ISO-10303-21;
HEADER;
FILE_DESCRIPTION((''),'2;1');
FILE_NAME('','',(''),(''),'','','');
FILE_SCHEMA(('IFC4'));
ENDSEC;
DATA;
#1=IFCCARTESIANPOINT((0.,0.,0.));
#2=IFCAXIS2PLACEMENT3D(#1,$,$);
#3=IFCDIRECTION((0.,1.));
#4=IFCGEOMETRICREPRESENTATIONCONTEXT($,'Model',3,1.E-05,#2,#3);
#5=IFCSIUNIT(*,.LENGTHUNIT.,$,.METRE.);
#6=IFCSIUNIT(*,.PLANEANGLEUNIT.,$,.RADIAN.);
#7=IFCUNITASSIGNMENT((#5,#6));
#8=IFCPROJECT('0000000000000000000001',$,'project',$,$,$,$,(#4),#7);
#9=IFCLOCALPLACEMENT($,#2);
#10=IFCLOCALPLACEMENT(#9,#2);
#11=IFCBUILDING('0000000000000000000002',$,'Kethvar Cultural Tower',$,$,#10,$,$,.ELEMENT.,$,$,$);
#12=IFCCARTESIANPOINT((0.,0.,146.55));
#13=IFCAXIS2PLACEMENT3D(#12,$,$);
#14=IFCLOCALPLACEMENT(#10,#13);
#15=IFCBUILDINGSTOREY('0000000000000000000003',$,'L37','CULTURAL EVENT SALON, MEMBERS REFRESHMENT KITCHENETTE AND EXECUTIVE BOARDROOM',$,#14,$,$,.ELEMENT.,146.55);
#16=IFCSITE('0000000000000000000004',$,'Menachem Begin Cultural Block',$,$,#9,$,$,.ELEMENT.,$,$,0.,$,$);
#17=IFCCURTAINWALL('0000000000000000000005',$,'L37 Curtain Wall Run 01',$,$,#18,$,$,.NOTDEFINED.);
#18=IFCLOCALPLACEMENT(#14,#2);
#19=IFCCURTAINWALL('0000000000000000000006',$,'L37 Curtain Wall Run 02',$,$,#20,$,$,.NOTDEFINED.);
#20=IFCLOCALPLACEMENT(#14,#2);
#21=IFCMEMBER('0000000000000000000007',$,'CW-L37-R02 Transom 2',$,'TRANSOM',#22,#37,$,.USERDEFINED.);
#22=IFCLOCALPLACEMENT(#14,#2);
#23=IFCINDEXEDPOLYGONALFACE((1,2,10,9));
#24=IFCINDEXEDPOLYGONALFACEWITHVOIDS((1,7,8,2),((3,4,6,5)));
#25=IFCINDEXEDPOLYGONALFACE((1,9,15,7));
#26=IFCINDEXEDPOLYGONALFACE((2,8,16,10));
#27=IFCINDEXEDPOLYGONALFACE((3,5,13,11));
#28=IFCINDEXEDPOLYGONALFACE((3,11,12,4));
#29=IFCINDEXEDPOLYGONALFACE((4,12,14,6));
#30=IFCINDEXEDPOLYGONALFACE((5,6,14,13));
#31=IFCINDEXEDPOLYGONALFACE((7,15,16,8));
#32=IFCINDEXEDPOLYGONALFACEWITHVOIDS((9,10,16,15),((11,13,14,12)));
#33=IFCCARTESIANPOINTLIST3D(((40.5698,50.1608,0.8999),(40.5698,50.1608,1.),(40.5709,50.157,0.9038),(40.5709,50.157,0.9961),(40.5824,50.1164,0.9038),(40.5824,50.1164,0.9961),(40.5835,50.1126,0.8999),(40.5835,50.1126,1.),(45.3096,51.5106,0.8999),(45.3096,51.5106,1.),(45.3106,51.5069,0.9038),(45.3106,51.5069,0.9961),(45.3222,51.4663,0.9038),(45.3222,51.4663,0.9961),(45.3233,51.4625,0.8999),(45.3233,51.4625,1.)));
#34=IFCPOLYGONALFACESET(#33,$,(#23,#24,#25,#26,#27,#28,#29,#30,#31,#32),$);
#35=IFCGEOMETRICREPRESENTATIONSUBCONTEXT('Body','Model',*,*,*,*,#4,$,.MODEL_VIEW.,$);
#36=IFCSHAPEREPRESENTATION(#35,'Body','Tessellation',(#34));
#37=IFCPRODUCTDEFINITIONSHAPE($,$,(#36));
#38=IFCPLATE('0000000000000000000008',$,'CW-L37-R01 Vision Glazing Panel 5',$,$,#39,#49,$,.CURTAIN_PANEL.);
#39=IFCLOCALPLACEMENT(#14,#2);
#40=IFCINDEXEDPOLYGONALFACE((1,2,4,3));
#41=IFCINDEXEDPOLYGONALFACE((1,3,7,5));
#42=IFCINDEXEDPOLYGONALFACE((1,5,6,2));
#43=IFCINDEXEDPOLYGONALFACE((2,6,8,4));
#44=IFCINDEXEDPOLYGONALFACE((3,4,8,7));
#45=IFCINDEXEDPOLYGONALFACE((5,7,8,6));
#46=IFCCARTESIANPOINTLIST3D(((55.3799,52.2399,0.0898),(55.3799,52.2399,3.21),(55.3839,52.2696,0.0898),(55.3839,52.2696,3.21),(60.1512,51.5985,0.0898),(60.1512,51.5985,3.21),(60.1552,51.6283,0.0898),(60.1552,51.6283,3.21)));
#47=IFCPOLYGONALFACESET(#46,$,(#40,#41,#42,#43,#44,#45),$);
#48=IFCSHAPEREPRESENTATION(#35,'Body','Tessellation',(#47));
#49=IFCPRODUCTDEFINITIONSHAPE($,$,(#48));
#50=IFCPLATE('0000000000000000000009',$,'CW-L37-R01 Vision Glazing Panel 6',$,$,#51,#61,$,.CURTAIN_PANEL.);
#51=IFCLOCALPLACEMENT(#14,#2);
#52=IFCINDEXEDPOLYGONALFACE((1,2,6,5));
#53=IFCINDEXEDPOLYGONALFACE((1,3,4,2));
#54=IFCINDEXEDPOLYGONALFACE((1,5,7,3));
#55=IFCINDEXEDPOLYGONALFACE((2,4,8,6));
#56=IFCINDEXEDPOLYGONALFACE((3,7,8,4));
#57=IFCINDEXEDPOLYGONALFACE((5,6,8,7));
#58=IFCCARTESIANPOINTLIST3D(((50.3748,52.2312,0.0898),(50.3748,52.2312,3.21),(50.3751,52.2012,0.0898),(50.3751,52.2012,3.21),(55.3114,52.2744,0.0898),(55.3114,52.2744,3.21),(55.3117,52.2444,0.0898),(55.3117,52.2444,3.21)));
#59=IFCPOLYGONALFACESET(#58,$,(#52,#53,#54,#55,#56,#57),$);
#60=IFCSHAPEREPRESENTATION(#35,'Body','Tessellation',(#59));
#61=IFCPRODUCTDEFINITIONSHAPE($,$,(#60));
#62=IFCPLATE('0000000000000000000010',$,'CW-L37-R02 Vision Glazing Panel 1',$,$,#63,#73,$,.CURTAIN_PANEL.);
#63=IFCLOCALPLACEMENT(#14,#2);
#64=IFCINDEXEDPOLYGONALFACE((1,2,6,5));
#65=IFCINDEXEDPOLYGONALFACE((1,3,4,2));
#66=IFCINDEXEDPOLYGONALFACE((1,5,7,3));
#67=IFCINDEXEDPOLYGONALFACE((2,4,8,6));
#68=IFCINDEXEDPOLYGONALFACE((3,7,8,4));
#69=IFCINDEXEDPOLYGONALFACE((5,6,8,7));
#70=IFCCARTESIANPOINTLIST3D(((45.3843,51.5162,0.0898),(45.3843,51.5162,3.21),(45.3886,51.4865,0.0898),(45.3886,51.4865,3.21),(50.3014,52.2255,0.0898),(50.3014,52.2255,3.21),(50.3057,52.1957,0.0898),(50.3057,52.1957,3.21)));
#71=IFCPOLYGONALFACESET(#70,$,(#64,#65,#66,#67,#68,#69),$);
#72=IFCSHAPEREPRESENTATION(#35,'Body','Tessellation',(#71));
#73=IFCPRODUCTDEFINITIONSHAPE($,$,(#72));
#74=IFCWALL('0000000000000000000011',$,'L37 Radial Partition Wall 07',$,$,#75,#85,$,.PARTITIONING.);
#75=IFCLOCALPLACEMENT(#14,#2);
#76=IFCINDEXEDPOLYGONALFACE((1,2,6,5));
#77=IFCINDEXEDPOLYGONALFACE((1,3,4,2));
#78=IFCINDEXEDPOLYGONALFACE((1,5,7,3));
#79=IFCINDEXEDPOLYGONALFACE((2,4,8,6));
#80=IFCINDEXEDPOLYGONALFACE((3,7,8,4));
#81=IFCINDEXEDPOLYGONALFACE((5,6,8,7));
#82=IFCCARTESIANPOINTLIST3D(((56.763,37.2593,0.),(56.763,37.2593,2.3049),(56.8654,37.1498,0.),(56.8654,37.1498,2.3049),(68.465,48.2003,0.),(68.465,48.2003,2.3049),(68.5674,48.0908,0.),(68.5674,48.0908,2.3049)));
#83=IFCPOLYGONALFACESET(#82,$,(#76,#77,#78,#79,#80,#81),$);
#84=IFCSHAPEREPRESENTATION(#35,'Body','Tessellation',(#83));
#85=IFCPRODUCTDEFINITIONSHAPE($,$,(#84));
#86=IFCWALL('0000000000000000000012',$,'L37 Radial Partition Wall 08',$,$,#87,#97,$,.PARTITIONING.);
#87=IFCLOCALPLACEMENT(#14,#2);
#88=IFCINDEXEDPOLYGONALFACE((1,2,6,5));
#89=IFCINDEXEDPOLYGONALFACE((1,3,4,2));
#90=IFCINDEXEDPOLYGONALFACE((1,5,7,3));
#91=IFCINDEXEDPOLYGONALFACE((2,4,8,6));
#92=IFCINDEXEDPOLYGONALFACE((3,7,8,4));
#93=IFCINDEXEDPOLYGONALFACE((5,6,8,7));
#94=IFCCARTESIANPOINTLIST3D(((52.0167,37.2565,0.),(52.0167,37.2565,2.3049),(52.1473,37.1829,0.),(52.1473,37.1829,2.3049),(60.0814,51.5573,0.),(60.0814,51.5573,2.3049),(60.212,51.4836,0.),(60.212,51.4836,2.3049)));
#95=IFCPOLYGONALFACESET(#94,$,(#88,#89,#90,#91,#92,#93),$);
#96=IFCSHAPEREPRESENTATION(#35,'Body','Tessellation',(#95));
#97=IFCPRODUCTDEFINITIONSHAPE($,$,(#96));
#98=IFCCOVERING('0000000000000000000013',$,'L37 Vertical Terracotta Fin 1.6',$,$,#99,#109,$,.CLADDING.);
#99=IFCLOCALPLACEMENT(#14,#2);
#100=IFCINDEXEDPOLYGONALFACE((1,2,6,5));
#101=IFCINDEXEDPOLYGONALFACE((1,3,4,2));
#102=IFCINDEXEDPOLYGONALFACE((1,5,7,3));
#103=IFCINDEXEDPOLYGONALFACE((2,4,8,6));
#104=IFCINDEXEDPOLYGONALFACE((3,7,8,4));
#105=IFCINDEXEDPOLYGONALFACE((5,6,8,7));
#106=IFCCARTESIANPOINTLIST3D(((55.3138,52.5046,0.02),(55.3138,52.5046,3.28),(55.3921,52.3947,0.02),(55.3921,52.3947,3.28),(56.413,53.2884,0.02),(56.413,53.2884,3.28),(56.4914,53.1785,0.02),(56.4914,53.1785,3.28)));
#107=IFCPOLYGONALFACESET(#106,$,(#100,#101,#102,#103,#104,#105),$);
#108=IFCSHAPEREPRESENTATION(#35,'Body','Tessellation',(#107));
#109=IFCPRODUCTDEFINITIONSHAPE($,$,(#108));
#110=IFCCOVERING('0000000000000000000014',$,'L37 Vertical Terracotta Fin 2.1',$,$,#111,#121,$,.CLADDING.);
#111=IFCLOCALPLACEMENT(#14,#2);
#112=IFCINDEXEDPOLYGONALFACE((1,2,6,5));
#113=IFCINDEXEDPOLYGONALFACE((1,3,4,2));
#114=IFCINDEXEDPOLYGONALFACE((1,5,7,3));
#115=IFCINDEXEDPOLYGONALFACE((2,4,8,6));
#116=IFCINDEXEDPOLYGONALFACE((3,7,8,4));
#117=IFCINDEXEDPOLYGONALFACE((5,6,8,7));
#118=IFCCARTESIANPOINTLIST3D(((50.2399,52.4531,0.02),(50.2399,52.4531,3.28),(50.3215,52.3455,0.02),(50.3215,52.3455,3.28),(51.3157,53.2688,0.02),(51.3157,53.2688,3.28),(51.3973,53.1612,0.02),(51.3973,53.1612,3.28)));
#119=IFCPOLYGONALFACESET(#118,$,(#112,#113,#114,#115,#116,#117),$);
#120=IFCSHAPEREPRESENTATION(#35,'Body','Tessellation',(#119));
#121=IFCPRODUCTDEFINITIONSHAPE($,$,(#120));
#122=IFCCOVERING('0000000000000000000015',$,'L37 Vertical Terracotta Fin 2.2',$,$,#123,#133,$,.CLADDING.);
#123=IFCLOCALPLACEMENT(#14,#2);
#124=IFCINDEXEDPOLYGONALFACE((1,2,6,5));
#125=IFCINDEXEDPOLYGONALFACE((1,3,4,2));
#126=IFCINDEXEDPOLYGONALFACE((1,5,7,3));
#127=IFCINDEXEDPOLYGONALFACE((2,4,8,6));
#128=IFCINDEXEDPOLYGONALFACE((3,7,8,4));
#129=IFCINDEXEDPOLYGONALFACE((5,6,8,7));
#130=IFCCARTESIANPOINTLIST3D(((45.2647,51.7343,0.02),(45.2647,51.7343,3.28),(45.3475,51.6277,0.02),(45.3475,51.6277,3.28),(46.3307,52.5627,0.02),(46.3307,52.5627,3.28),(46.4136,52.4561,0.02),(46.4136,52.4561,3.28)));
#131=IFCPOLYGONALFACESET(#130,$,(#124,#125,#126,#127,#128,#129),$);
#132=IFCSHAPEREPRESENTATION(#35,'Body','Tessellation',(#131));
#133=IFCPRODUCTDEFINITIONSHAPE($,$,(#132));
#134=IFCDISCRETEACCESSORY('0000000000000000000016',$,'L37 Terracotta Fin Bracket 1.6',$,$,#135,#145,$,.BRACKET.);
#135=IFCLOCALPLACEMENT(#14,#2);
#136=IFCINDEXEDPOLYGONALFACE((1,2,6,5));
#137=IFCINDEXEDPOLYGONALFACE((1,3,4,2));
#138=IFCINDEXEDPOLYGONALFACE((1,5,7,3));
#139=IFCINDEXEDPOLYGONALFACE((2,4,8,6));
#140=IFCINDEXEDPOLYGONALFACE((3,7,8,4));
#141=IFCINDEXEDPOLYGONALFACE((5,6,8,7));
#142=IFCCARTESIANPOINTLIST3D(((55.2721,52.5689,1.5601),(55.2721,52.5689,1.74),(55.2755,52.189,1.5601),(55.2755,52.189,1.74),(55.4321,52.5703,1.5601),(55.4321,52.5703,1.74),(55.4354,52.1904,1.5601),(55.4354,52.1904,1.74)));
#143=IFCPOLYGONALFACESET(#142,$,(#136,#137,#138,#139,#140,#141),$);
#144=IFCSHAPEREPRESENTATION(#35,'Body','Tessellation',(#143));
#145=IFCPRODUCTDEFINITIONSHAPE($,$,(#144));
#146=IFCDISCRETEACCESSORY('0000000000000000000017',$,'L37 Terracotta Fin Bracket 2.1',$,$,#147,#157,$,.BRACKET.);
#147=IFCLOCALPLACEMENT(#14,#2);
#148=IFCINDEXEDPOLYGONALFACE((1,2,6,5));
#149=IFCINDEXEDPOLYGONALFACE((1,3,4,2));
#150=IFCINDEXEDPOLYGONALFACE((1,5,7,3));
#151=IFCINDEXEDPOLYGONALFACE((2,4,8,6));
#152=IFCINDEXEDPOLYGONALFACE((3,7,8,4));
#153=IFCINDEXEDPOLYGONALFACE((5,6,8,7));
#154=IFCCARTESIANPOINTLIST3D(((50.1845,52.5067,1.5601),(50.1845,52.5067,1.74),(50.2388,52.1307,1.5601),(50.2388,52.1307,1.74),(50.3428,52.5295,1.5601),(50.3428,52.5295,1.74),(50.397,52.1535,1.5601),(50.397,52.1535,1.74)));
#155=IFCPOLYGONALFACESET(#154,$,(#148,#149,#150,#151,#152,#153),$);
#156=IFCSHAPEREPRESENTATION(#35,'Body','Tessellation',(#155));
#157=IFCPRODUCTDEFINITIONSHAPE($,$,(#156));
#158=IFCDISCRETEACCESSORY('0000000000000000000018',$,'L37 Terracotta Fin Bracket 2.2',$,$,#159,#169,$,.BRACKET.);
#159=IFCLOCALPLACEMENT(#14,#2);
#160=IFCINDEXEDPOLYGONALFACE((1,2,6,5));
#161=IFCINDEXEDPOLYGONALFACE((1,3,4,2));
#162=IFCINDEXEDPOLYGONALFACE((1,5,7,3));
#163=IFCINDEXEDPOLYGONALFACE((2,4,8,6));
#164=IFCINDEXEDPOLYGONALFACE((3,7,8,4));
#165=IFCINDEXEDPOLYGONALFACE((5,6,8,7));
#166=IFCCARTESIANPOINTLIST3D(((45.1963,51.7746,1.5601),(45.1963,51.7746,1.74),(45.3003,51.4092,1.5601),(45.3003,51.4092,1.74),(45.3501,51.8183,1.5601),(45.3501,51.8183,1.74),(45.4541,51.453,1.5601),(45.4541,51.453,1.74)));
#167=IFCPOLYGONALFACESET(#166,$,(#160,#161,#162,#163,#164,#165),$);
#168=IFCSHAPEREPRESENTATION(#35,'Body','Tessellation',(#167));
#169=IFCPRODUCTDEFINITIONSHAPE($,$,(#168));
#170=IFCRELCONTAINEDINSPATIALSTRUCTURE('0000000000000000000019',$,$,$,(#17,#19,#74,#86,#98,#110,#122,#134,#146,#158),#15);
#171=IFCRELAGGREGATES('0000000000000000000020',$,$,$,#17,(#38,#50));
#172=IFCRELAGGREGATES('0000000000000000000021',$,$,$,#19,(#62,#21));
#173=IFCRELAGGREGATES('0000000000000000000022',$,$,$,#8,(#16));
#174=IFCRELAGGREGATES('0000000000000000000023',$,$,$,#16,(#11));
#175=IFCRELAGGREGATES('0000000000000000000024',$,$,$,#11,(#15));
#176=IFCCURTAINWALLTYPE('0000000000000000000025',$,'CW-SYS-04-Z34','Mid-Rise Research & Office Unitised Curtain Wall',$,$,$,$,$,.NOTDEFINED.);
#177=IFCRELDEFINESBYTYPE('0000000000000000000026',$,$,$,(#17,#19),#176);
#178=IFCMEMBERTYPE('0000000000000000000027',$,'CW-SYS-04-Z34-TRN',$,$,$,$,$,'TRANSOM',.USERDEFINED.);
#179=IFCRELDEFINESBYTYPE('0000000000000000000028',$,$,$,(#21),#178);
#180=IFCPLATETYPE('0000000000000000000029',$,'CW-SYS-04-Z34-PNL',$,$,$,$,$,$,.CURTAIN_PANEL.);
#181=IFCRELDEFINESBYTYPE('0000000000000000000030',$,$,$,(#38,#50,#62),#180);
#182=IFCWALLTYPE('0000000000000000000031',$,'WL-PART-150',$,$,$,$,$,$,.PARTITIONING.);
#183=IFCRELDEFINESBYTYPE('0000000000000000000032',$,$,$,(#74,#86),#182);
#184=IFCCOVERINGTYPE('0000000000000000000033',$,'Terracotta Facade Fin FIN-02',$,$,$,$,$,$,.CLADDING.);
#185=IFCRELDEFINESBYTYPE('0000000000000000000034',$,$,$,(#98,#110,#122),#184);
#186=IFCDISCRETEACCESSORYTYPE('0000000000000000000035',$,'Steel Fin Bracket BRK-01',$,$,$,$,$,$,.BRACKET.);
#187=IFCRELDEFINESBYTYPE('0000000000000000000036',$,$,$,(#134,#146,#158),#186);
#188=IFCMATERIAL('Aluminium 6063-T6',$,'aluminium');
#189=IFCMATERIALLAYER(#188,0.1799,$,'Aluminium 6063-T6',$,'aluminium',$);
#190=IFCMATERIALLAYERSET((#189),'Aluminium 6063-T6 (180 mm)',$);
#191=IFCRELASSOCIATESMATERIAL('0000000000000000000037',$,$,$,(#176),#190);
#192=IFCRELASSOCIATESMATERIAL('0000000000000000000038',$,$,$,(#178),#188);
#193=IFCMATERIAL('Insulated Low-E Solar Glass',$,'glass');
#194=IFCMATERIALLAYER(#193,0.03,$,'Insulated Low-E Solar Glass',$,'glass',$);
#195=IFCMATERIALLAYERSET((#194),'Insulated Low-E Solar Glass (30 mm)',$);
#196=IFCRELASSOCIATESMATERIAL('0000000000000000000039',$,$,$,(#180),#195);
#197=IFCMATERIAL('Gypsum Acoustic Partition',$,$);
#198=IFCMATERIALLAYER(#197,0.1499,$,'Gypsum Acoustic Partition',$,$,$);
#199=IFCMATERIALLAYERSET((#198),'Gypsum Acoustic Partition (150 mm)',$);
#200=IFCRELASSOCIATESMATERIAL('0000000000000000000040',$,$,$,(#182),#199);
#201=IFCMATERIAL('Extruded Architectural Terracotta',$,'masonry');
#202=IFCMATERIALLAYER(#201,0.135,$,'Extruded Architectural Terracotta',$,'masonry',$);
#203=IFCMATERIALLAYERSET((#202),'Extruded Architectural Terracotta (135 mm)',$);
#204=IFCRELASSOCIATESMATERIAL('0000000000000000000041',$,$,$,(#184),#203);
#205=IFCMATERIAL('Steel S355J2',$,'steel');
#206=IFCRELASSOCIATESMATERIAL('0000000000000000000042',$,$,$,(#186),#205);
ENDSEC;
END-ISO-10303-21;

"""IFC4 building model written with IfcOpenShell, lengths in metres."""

from ifc_helpers import new_model, si_unit, direction, frame, frame_2d, origin, origin_2d, place, context, subcontext, project, spatial, rectangle, hollow_rectangle, extrude, source, transform, mapped, material, layer, layer_set, material_profile, profile_set, type_object, element, aggregate, save


model = new_model("IFC4")

# Units and contexts
model_context = context("Model", 3, precision=1e-05, world=origin(), true_north=direction((0.0, 1.0)))
body_context = subcontext(model_context, "Body", "Model", "MODEL_VIEW")
ifc_project = project(units=[si_unit("LENGTHUNIT", "METRE"), si_unit("PLANEANGLEUNIT", "RADIAN")], contexts=[model_context])

# Site, building, storey
site_placement = place(None, origin())
site = spatial("IfcSite", under=ifc_project, at=site_placement, Name="Menachem Begin Cultural Block", CompositionType="ELEMENT", RefElevation=0.0)
building_placement = place(site_placement, origin())
building = spatial("IfcBuilding", under=site, at=building_placement, Name="Kethvar Cultural Tower", CompositionType="ELEMENT")
storey_placement = place(building_placement, frame((0.0, 0.0, 146.55)))
storey = spatial("IfcBuildingStorey", under=building, at=storey_placement, Name="L37", Description="CULTURAL EVENT SALON, MEMBERS REFRESHMENT KITCHENETTE AND EXECUTIVE BOARDROOM", CompositionType="ELEMENT", Elevation=146.55)

# Shared definitions
ifc_material_1 = material(Name="Steel S355J2", Category="steel")

# Curtain walls
ifc_material_2 = material(Name="Aluminium 6063-T6", Category="aluminium")
ifc_layer_1 = layer(ifc_material_2, 0.1799, Name="Aluminium 6063-T6", Category="aluminium")
ifc_layer_set_1 = layer_set([ifc_layer_1], Name="Aluminium 6063-T6 (180 mm)")
curtain_wall_type = type_object("IfcCurtainWallType", Name="CW-SYS-04-Z34", Description="Mid-Rise Research & Office Unitised Curtain Wall", PredefinedType="NOTDEFINED", material=ifc_layer_set_1)
curtain_wall_1_placement = place(storey_placement, origin())
curtain_wall_1 = element("IfcCurtainWall", 1, at=curtain_wall_1_placement, inside=storey, type_object=curtain_wall_type, Name="L37 Curtain Wall Run 01", PredefinedType="NOTDEFINED")
curtain_wall_2_placement = place(storey_placement, origin())
curtain_wall_2 = element("IfcCurtainWall", 2, at=curtain_wall_2_placement, inside=storey, type_object=curtain_wall_type, Name="L37 Curtain Wall Run 02", PredefinedType="NOTDEFINED")

# Member
ifc_material_profile_1 = material_profile(ifc_material_2, hollow_rectangle(XDim=0.05, YDim=0.1001, WallThickness=0.0039, at=origin_2d()), Name="Aluminium 6063-T6 — RHS100x50x4")
ifc_profile_set_1 = profile_set([ifc_material_profile_1], Name="Aluminium 6063-T6 — RHS100x50x4")
member_type_1 = type_object("IfcMemberType", Name="CW-SYS-04-Z34-TRN", ElementType="TRANSOM", PredefinedType="USERDEFINED", material=ifc_profile_set_1)
shared_shape_1 = source(origin(), body_context, "Body", "SweptSolid", [
    extrude(hollow_rectangle(XDim=0.05, YDim=0.1001, WallThickness=0.0039, at=origin_2d()), origin(), (0.0, 0.0, 1.0), 4.9282),
])
member_1_placement = place(storey_placement, frame((45.3164, 51.4866, 0.95), z_axis=(-0.961757, -0.273903, 0.0), x_axis=(0.273903, -0.961757, 0.0)))
member_1 = element("IfcMember", 3, at=member_1_placement, type_object=member_type_1, Name="CW-L37-R02 Transom 2", ObjectType="TRANSOM", PredefinedType="USERDEFINED", context=body_context, shape_type="MappedRepresentation", body=[
    mapped(shared_shape_1, transform((0.0, 0.0, 0.0), scale=1.0)),
])

# Plates
ifc_material_3 = material(Name="Insulated Low-E Solar Glass", Category="glass")
ifc_layer_2 = layer(ifc_material_3, 0.03, Name="Insulated Low-E Solar Glass", Category="glass")
ifc_layer_set_2 = layer_set([ifc_layer_2], Name="Insulated Low-E Solar Glass (30 mm)")
plate_type = type_object("IfcPlateType", Name="CW-SYS-04-Z34-PNL", PredefinedType="CURTAIN_PANEL", material=ifc_layer_set_2)
shared_shape_2 = source(origin(), body_context, "Body", "SweptSolid", [
    extrude(rectangle(XDim=4.8142, YDim=0.03, at=origin_2d()), origin(), (0.0, 0.0, 1.0), 3.1201),
])
plate_1_placement = place(storey_placement, frame((57.7676, 51.9341, 0.0898), z_axis=(0.0, 0.0, 1.0), x_axis=(-0.991086, 0.133225, 0.0)))
plate_1 = element("IfcPlate", 4, at=plate_1_placement, type_object=plate_type, Name="CW-L37-R01 Vision Glazing Panel 5", PredefinedType="CURTAIN_PANEL", context=body_context, shape_type="MappedRepresentation", body=[
    mapped(shared_shape_2, transform((0.0, 0.0, 0.0), scale=1.0)),
])
shared_shape_3 = source(origin(), body_context, "Body", "SweptSolid", [
    extrude(rectangle(XDim=4.9368, YDim=0.03, at=origin_2d()), origin(), (0.0, 0.0, 1.0), 3.1201),
])
plate_2_placement = place(storey_placement, frame((52.8433, 52.2378, 0.0898), z_axis=(0.0, 0.0, 1.0), x_axis=(-0.999962, -0.008744, 0.0)))
plate_2 = element("IfcPlate", 5, at=plate_2_placement, type_object=plate_type, Name="CW-L37-R01 Vision Glazing Panel 6", PredefinedType="CURTAIN_PANEL", context=body_context, shape_type="MappedRepresentation", body=[
    mapped(shared_shape_3, transform((0.0, 0.0, 0.0), scale=1.0)),
])
aggregate(curtain_wall_1, [plate_1, plate_2])
shared_shape_4 = source(origin(), body_context, "Body", "SweptSolid", [
    extrude(rectangle(XDim=4.968, YDim=0.03, at=origin_2d()), origin(), (0.0, 0.0, 1.0), 3.1201),
])
plate_3_placement = place(storey_placement, frame((47.845, 51.856, 0.0898), z_axis=(0.0, 0.0, 1.0), x_axis=(-0.989756, -0.142767, 0.0)))
plate_3 = element("IfcPlate", 6, at=plate_3_placement, type_object=plate_type, Name="CW-L37-R02 Vision Glazing Panel 1", PredefinedType="CURTAIN_PANEL", context=body_context, shape_type="MappedRepresentation", body=[
    mapped(shared_shape_4, transform((0.0, 0.0, 0.0), scale=1.0)),
])
aggregate(curtain_wall_2, [plate_3, member_1])

# Walls
ifc_material_4 = material(Name="Gypsum Acoustic Partition")
ifc_layer_3 = layer(ifc_material_4, 0.1499, Name="Gypsum Acoustic Partition")
ifc_layer_set_3 = layer_set([ifc_layer_3], Name="Gypsum Acoustic Partition (150 mm)")
wall_type_1 = type_object("IfcWallType", Name="WL-PART-150", PredefinedType="PARTITIONING", material=ifc_layer_set_3)
wall_1_placement = place(storey_placement, frame((56.8142, 37.2046, 0.0), z_axis=(0.0, 0.0, 1.0), x_axis=(0.730459, 0.682957, 0.0)))
element("IfcWall", 7, at=wall_1_placement, inside=storey, type_object=wall_type_1, Name="L37 Radial Partition Wall 07", PredefinedType="PARTITIONING", context=body_context, shape_type="SweptSolid", body=[
    extrude(rectangle(XDim=16.02, YDim=0.1499, at=frame_2d((8.01, 0.0))), origin(), (0.0, 0.0, 1.0), 2.3049),
])
wall_2_placement = place(storey_placement, frame((52.082, 37.2197, 0.0), z_axis=(0.0, 0.0, 1.0), x_axis=(0.49121, 0.871041, 0.0)))
element("IfcWall", 8, at=wall_2_placement, inside=storey, type_object=wall_type_1, Name="L37 Radial Partition Wall 08", PredefinedType="PARTITIONING", context=body_context, shape_type="SweptSolid", body=[
    extrude(rectangle(XDim=16.418, YDim=0.1499, at=frame_2d((8.209, 0.0))), origin(), (0.0, 0.0, 1.0), 2.3049),
])

# Coverings
ifc_material_5 = material(Name="Extruded Architectural Terracotta", Category="masonry")
ifc_layer_4 = layer(ifc_material_5, 0.135, Name="Extruded Architectural Terracotta", Category="masonry")
ifc_layer_set_4 = layer_set([ifc_layer_4], Name="Extruded Architectural Terracotta (135 mm)")
covering_type = type_object("IfcCoveringType", Name="Terracotta Facade Fin FIN-02", PredefinedType="CLADDING", material=ifc_layer_set_4)
shared_shape_5 = source(origin(), body_context, "Body", "SweptSolid", [
    extrude(rectangle(XDim=1.3501, YDim=0.135, at=origin_2d()), origin(), (0.0, 0.0, 1.0), 3.26),
])
for number, where, z_axis, x_axis, name in (
    (9, (55.9026, 52.8416, 0.02), (0.0, 0.0, 1.0), (0.814217, 0.580561, 0.0), "L37 Vertical Terracotta Fin 1.6"),
    (10, (50.8186, 52.8071, 0.02), (0.0, 0.0, 1.0), (0.796846, 0.604182, 0.0), "L37 Vertical Terracotta Fin 2.1"),
    (11, (45.8391, 52.0952, 0.02), (0.0, 0.0, 1.0), (0.78962, 0.613596, 0.0), "L37 Vertical Terracotta Fin 2.2"),
):
    element("IfcCovering", number, at=place(storey_placement, frame(where, z_axis=z_axis, x_axis=x_axis)), inside=storey, type_object=covering_type, Name=name, PredefinedType="CLADDING", context=body_context, shape_type="MappedRepresentation", body=[
        mapped(shared_shape_5, transform((0.0, 0.0, 0.0), scale=1.0)),
    ])

# Discrete accessories
discrete_accessory_type = type_object("IfcDiscreteAccessoryType", Name="Steel Fin Bracket BRK-01", PredefinedType="BRACKET", material=ifc_material_1)
shared_shape_6 = source(origin(), body_context, "Body", "SweptSolid", [
    extrude(rectangle(XDim=0.3799, YDim=0.1599, at=origin_2d()), origin(), (0.0, 0.0, 1.0), 0.1799),
])
for number, where, z_axis, x_axis, name in (
    (12, (55.3538, 52.3796, 1.5601), (0.0, 0.0, 1.0), (-0.008727, 0.999962, 0.0), "L37 Terracotta Fin Bracket 1.6"),
    (13, (50.2908, 52.3301, 1.5601), (0.0, 0.0, 1.0), (-0.142802, 0.989751, 0.0), "L37 Terracotta Fin Bracket 2.1"),
    (14, (45.3252, 51.6138, 1.5601), (0.0, 0.0, 1.0), (-0.273791, 0.961789, 0.0), "L37 Terracotta Fin Bracket 2.2"),
):
    element("IfcDiscreteAccessory", number, at=place(storey_placement, frame(where, z_axis=z_axis, x_axis=x_axis)), inside=storey, type_object=discrete_accessory_type, Name=name, PredefinedType="BRACKET", context=body_context, shape_type="MappedRepresentation", body=[
        mapped(shared_shape_6, transform((0.0, 0.0, 0.0), scale=1.0)),
    ])

save(model, "model.ifc")
